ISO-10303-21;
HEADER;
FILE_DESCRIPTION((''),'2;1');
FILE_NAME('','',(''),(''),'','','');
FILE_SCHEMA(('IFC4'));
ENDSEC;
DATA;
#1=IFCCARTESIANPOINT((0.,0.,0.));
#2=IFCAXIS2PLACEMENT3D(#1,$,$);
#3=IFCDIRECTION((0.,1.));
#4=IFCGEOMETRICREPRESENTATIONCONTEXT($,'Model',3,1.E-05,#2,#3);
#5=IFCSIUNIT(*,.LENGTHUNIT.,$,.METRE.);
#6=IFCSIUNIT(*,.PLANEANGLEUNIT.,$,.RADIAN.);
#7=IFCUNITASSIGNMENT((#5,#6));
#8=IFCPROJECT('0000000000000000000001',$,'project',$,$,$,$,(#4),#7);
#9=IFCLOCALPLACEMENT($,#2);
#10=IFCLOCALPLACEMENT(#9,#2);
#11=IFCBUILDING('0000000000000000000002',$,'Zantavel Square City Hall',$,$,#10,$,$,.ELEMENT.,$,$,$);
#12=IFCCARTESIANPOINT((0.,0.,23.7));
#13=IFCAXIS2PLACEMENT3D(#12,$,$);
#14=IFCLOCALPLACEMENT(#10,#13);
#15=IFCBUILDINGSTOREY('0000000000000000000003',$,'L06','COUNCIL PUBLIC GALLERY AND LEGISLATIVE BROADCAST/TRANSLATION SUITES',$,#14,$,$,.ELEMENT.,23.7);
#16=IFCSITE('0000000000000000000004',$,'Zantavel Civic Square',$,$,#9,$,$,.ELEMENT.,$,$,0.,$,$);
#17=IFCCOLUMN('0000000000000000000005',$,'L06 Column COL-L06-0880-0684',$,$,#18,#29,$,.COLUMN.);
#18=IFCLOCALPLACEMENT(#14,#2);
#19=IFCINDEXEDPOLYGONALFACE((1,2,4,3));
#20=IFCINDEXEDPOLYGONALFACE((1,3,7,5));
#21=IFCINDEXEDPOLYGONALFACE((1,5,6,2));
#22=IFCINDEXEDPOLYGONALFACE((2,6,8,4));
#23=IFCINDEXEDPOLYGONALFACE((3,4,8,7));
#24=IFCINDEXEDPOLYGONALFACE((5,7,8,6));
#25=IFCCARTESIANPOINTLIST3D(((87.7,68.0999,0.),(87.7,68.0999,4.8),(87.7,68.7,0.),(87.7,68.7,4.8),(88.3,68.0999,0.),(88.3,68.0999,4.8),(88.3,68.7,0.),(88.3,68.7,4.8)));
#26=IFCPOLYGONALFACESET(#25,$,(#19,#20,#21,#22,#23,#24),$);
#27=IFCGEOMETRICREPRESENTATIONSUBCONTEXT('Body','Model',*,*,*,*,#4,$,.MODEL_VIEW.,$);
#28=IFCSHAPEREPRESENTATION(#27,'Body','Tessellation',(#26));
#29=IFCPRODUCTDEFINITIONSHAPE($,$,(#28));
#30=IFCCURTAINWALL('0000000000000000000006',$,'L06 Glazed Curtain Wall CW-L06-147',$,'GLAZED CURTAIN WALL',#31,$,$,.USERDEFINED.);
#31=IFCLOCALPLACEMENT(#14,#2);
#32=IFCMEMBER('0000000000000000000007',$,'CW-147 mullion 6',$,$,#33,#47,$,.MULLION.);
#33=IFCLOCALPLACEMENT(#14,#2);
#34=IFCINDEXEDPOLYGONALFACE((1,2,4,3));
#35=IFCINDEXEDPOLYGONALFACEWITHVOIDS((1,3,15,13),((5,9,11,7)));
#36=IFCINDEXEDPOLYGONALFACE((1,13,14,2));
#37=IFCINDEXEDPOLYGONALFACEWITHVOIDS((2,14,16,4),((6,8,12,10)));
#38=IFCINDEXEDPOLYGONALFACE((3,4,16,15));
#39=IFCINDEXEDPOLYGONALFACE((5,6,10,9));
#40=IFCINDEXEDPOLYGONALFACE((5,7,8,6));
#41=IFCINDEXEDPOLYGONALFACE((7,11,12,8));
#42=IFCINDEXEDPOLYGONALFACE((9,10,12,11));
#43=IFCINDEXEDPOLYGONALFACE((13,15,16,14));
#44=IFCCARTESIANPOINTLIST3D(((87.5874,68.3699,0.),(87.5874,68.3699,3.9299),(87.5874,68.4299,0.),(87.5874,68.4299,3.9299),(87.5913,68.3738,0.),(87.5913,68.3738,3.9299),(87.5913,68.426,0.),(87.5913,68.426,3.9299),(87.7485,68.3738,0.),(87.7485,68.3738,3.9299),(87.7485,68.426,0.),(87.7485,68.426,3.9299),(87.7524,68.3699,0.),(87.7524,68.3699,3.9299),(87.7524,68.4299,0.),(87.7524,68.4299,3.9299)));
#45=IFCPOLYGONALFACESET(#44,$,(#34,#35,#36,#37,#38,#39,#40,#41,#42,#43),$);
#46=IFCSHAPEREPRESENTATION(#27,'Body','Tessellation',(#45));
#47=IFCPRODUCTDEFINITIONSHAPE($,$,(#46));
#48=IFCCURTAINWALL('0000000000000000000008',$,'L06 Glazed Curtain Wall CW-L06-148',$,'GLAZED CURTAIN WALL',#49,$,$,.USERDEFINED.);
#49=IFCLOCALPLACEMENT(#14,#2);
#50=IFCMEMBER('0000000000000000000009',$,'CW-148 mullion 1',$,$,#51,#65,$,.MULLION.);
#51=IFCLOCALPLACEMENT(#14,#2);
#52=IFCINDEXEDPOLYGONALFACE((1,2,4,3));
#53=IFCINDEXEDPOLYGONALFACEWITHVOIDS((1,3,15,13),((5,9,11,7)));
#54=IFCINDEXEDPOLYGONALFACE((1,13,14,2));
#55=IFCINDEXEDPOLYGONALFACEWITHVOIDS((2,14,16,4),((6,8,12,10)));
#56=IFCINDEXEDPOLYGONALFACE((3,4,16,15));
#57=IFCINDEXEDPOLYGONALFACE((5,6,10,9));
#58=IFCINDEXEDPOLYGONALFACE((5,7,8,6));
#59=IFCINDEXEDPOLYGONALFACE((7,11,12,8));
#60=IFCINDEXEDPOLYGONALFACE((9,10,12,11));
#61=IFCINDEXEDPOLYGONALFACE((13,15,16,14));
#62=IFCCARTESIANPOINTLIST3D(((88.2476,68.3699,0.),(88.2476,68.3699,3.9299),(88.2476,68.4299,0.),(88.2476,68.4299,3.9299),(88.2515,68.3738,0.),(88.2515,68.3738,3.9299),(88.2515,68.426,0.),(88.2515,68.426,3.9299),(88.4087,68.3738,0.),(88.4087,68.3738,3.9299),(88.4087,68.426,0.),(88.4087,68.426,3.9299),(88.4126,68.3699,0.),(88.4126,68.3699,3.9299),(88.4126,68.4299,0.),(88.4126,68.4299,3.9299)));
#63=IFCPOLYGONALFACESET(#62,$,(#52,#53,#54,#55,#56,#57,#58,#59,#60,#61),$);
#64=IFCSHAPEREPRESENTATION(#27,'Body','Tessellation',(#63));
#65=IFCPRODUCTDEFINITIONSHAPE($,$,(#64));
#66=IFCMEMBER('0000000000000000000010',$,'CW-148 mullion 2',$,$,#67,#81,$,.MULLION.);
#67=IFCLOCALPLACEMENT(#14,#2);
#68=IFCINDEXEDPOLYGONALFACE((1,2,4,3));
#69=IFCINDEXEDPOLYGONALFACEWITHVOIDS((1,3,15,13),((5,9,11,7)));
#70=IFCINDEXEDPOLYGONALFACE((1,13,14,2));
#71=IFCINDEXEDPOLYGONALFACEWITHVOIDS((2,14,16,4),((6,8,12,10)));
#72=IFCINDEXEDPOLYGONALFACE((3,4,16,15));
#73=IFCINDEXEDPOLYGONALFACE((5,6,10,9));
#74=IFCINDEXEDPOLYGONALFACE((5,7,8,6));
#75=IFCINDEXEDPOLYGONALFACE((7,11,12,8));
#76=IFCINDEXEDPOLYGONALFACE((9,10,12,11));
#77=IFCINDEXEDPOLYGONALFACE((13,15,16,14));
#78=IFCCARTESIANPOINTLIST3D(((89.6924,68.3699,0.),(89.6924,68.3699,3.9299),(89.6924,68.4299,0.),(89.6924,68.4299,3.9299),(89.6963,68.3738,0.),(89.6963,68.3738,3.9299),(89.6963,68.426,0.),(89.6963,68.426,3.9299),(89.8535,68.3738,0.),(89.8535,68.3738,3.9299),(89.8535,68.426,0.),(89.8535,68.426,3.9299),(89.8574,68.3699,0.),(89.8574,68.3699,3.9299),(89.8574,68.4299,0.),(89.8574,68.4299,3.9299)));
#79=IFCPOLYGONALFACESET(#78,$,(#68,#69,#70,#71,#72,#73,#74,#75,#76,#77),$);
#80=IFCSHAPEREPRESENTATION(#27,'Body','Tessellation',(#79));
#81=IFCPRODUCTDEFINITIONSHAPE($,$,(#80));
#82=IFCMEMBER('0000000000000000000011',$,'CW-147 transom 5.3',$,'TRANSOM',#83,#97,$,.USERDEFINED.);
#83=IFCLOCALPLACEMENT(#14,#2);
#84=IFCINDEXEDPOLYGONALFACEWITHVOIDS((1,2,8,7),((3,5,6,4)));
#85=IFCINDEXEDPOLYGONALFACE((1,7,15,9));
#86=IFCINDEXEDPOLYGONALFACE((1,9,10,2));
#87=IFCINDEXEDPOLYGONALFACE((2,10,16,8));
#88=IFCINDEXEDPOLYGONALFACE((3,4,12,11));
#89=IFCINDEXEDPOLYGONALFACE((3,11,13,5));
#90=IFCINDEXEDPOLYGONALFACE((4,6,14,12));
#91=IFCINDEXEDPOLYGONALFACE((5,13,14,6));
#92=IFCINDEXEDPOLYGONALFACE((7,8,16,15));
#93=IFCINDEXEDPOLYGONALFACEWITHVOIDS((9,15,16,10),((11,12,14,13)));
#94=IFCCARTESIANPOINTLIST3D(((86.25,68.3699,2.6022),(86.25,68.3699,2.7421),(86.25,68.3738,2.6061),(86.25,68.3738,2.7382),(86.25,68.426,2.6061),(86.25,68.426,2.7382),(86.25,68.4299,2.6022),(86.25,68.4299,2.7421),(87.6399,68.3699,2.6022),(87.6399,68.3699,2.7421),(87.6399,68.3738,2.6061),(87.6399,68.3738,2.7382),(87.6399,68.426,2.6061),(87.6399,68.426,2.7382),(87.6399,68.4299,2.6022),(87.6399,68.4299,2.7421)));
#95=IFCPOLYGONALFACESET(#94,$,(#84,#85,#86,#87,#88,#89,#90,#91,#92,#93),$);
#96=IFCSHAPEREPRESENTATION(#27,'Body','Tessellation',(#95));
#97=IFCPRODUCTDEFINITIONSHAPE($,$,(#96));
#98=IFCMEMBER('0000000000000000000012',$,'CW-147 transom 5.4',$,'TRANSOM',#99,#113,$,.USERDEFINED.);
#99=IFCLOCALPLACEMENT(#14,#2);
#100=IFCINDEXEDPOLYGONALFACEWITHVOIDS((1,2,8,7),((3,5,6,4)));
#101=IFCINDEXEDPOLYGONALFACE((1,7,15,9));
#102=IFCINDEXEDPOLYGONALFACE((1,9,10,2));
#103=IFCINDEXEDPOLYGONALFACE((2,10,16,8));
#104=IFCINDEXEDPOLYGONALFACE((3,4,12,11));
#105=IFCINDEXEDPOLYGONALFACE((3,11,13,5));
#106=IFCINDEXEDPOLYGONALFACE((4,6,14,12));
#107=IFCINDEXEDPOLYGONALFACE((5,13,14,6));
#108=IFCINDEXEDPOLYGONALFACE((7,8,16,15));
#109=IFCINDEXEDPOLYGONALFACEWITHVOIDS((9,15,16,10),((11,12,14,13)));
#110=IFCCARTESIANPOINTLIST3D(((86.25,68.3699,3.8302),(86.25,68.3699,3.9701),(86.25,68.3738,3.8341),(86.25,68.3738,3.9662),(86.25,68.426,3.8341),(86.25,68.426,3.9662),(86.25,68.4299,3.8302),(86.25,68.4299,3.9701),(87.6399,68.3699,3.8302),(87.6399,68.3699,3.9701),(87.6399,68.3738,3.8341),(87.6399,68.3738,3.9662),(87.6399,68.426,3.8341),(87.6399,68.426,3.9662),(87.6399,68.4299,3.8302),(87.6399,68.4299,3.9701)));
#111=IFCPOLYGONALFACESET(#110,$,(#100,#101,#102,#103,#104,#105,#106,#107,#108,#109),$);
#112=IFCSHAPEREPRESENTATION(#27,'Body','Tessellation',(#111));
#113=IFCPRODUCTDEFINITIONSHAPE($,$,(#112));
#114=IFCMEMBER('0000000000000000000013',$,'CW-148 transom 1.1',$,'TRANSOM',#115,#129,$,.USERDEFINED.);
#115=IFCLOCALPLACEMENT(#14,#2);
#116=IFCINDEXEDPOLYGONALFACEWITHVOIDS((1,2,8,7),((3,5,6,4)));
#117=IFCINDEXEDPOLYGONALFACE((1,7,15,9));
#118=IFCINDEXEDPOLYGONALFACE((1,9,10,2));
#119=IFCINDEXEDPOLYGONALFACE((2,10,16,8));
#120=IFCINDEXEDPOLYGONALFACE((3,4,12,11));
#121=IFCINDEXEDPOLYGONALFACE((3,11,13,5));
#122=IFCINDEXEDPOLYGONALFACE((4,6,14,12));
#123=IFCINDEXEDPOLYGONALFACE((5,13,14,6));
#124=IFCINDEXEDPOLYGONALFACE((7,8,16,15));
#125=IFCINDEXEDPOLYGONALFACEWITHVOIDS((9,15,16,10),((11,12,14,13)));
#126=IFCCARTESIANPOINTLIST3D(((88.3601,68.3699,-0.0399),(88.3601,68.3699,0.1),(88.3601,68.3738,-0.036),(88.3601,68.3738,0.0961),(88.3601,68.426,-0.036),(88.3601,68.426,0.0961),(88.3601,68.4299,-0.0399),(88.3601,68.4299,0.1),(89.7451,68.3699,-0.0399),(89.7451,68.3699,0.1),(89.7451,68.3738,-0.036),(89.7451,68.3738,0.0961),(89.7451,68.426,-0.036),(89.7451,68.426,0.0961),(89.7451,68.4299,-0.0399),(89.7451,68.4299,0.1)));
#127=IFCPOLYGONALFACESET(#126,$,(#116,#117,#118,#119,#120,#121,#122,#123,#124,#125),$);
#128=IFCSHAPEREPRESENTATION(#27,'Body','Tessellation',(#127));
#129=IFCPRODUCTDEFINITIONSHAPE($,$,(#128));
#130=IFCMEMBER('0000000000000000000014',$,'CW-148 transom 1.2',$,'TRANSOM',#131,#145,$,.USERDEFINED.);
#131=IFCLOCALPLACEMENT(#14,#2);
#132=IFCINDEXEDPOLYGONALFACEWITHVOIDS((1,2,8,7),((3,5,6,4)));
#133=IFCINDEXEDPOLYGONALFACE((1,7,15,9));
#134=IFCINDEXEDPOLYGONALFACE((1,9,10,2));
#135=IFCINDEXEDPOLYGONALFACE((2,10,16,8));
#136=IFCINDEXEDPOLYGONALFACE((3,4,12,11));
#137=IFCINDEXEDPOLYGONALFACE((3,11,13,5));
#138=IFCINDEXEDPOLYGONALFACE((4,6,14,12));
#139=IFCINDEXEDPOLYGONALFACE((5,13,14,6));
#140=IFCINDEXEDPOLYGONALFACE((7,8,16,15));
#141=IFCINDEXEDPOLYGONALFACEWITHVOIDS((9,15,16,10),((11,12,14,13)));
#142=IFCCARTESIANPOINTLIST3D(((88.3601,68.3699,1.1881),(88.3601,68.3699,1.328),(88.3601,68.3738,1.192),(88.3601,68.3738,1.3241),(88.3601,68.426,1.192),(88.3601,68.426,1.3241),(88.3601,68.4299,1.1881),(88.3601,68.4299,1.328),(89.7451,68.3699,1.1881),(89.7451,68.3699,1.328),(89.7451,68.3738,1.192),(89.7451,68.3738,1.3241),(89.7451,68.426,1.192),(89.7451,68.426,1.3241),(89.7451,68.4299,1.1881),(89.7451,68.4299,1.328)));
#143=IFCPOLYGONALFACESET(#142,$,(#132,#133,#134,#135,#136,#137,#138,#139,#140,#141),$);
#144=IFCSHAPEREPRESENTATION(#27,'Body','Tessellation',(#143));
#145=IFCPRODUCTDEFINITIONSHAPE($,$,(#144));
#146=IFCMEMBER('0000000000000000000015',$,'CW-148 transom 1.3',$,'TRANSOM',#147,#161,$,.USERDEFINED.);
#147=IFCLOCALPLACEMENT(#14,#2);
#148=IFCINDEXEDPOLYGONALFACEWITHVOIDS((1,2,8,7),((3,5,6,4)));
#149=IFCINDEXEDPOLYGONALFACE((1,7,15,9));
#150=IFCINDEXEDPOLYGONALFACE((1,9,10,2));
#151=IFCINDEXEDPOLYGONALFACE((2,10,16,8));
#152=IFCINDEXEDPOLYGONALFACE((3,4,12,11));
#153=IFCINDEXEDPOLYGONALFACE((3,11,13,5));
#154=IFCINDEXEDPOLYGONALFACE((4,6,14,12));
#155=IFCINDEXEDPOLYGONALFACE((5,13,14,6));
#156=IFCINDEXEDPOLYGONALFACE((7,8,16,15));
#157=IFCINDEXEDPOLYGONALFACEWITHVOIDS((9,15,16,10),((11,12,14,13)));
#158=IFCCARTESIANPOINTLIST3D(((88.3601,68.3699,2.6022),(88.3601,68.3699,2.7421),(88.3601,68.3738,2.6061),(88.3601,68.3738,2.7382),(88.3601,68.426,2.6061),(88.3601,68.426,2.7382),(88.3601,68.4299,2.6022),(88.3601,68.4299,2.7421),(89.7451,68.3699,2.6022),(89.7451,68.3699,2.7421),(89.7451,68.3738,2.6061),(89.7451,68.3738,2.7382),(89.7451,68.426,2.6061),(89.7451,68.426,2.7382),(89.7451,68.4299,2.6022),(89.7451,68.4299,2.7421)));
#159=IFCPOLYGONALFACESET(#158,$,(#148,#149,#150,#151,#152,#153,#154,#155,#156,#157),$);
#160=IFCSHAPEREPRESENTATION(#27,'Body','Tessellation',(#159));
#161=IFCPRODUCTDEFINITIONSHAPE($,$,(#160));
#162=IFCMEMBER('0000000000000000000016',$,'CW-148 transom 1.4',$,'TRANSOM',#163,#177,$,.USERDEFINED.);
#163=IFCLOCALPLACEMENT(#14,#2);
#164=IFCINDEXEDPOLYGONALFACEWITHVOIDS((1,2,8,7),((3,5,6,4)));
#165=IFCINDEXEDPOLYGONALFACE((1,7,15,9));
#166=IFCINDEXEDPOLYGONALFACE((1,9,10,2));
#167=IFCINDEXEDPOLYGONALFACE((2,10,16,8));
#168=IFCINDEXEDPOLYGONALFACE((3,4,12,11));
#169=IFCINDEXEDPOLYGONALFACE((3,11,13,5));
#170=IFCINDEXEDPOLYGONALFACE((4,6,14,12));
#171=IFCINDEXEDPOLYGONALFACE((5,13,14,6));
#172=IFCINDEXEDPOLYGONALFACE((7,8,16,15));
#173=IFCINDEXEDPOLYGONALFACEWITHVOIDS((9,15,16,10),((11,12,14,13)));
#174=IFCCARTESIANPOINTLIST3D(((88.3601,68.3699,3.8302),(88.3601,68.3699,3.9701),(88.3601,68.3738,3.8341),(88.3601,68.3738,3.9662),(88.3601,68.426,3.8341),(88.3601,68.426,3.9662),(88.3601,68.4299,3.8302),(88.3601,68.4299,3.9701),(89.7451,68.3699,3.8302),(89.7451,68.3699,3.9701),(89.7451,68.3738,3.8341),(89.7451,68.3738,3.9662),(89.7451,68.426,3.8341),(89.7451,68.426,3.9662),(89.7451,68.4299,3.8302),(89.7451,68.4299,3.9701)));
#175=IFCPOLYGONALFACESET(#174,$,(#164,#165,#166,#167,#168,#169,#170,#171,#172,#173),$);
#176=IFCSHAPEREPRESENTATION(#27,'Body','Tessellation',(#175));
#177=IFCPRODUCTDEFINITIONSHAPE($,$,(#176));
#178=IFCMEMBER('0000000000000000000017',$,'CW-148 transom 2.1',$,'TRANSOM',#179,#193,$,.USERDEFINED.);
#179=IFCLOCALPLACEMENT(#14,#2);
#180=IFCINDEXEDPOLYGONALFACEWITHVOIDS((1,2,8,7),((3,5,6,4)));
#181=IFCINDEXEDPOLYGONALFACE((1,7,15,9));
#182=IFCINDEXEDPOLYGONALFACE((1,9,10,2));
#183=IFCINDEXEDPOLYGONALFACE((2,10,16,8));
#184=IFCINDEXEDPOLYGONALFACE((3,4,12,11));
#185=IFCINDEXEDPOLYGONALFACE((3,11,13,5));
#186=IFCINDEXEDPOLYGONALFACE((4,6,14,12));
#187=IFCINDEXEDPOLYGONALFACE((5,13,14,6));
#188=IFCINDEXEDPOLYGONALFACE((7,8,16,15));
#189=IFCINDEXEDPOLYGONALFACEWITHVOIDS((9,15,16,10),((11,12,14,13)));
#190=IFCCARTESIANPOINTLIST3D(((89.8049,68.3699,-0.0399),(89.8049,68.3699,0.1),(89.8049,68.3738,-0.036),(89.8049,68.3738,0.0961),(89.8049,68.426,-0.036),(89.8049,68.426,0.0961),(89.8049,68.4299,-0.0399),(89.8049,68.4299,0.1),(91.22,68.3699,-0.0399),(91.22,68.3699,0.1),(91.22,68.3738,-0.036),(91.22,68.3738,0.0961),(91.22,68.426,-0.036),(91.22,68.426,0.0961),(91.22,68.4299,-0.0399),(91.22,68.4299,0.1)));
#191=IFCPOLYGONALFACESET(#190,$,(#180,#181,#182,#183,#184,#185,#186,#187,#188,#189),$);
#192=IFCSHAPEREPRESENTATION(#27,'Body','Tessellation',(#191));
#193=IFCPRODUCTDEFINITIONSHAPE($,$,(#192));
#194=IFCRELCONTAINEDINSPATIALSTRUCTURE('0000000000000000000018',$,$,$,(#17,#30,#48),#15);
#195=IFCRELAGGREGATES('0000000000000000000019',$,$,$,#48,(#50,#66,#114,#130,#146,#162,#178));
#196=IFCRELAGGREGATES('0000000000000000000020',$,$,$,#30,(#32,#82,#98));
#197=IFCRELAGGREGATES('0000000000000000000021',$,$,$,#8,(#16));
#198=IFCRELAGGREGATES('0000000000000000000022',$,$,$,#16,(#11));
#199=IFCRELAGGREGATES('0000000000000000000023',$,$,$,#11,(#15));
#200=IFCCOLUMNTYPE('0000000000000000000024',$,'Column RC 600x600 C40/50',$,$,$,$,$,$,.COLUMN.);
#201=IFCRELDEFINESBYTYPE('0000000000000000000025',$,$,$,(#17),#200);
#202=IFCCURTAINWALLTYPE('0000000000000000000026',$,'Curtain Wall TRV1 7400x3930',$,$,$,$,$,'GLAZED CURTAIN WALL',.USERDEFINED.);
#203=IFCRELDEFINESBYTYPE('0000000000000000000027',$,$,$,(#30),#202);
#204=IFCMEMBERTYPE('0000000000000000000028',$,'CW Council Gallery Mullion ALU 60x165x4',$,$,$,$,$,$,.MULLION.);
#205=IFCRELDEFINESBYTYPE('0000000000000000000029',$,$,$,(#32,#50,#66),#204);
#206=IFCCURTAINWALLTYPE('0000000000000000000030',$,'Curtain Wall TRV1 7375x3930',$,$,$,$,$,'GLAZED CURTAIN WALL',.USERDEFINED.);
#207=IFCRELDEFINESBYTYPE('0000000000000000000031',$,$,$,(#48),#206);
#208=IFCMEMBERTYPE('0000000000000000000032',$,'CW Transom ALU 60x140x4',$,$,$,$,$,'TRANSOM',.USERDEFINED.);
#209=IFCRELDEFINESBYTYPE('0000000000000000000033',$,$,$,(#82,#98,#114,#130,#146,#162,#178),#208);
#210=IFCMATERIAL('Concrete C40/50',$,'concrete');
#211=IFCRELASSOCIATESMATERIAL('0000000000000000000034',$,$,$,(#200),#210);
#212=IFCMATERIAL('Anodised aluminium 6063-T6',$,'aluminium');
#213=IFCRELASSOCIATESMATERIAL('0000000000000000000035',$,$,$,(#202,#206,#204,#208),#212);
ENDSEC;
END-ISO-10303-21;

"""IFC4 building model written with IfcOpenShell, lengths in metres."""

from ifc_helpers import new_model, si_unit, direction, frame, origin, origin_2d, place, context, subcontext, project, spatial, rectangle, hollow_rectangle, extrude, material, material_profile, profile_set, type_object, element, aggregate, save


model = new_model("IFC4")

# Units and contexts
model_context = context("Model", 3, precision=1e-05, world=origin(), true_north=direction((0.0, 1.0)))
body_context = subcontext(model_context, "Body", "Model", "MODEL_VIEW")
ifc_project = project(units=[si_unit("LENGTHUNIT", "METRE"), si_unit("PLANEANGLEUNIT", "RADIAN")], contexts=[model_context])

# Site, building, storey
site_placement = place(None, origin())
site = spatial("IfcSite", under=ifc_project, at=site_placement, Name="Zantavel Civic Square", CompositionType="ELEMENT", RefElevation=0.0)
building_placement = place(site_placement, origin())
building = spatial("IfcBuilding", under=site, at=building_placement, Name="Zantavel Square City Hall", CompositionType="ELEMENT")
storey_placement = place(building_placement, frame((0.0, 0.0, 23.7)))
storey = spatial("IfcBuildingStorey", under=building, at=storey_placement, Name="L06", Description="COUNCIL PUBLIC GALLERY AND LEGISLATIVE BROADCAST/TRANSLATION SUITES", CompositionType="ELEMENT", Elevation=23.7)

# Column
ifc_material_1 = material(Name="Concrete C40/50", Category="concrete")
ifc_material_profile_1 = material_profile(ifc_material_1, rectangle(XDim=0.6001, YDim=0.6001, at=origin_2d()), Name="RC 600x600")
ifc_profile_set_1 = profile_set([ifc_material_profile_1], Name="Concrete C40/50")
column_type = type_object("IfcColumnType", Name="Column RC 600x600 C40/50", PredefinedType="COLUMN", material=ifc_profile_set_1)
column_placement = place(storey_placement, frame((88.0, 68.3999, 0.0), z_axis=(0.0, 0.0, 1.0), x_axis=(1.0, 0.0, 0.0)))
element("IfcColumn", 1, at=column_placement, inside=storey, type_object=column_type, Name="L06 Column COL-L06-0880-0684", PredefinedType="COLUMN", context=body_context, shape_type="SweptSolid", body=[
    extrude(rectangle(XDim=0.6001, YDim=0.6001, at=origin_2d()), origin(), (0.0, 0.0, 1.0), 4.8),
])

# Curtain wall, member
ifc_material_2 = material(Name="Anodised aluminium 6063-T6", Category="aluminium")
curtain_wall_type_1 = type_object("IfcCurtainWallType", Name="Curtain Wall TRV1 7400x3930", ElementType="GLAZED CURTAIN WALL", PredefinedType="USERDEFINED", material=ifc_material_2)
curtain_wall_1_placement = place(storey_placement, origin())
curtain_wall_1 = element("IfcCurtainWall", 2, at=curtain_wall_1_placement, inside=storey, type_object=curtain_wall_type_1, Name="L06 Glazed Curtain Wall CW-L06-147", ObjectType="GLAZED CURTAIN WALL", PredefinedType="USERDEFINED")
ifc_material_profile_2 = material_profile(ifc_material_2, hollow_rectangle(XDim=0.0601, YDim=0.165, WallThickness=0.0039, at=origin_2d()), Name="ALU 60x165x4")
ifc_profile_set_2 = profile_set([ifc_material_profile_2], Name="Anodised aluminium 6063-T6")
member_type_1 = type_object("IfcMemberType", Name="CW Council Gallery Mullion ALU 60x165x4", PredefinedType="MULLION", material=ifc_profile_set_2)
member_1_placement = place(storey_placement, frame((87.6699, 68.3999, 0.0), z_axis=(0.0, 0.0, 1.0), x_axis=(0.0, 1.0, 0.0)))
member_1 = element("IfcMember", 3, at=member_1_placement, type_object=member_type_1, Name="CW-147 mullion 6", PredefinedType="MULLION", context=body_context, shape_type="SweptSolid", body=[
    extrude(hollow_rectangle(XDim=0.0601, YDim=0.165, WallThickness=0.0039, at=origin_2d()), origin(), (0.0, 0.0, 1.0), 3.9299),
])

# Curtain wall, members
curtain_wall_type_2 = type_object("IfcCurtainWallType", Name="Curtain Wall TRV1 7375x3930", ElementType="GLAZED CURTAIN WALL", PredefinedType="USERDEFINED", material=ifc_material_2)
curtain_wall_2_placement = place(storey_placement, origin())
curtain_wall_2 = element("IfcCurtainWall", 4, at=curtain_wall_2_placement, inside=storey, type_object=curtain_wall_type_2, Name="L06 Glazed Curtain Wall CW-L06-148", ObjectType="GLAZED CURTAIN WALL", PredefinedType="USERDEFINED")
member_2_placement = place(storey_placement, frame((88.3301, 68.3999, 0.0), z_axis=(0.0, 0.0, 1.0), x_axis=(0.0, 1.0, 0.0)))
member_2 = element("IfcMember", 5, at=member_2_placement, type_object=member_type_1, Name="CW-148 mullion 1", PredefinedType="MULLION", context=body_context, shape_type="SweptSolid", body=[
    extrude(hollow_rectangle(XDim=0.0601, YDim=0.165, WallThickness=0.0039, at=origin_2d()), origin(), (0.0, 0.0, 1.0), 3.9299),
])
member_3_placement = place(storey_placement, frame((89.7749, 68.3999, 0.0), z_axis=(0.0, 0.0, 1.0), x_axis=(0.0, 1.0, 0.0)))
member_3 = element("IfcMember", 6, at=member_3_placement, type_object=member_type_1, Name="CW-148 mullion 2", PredefinedType="MULLION", context=body_context, shape_type="SweptSolid", body=[
    extrude(hollow_rectangle(XDim=0.0601, YDim=0.165, WallThickness=0.0039, at=origin_2d()), origin(), (0.0, 0.0, 1.0), 3.9299),
])

# Members
ifc_material_profile_3 = material_profile(ifc_material_2, hollow_rectangle(XDim=0.0601, YDim=0.1399, WallThickness=0.0039, at=origin_2d()), Name="ALU 60x140x4")
ifc_profile_set_3 = profile_set([ifc_material_profile_3], Name="Anodised aluminium 6063-T6")
member_type_2 = type_object("IfcMemberType", Name="CW Transom ALU 60x140x4", ElementType="TRANSOM", PredefinedType="USERDEFINED", material=ifc_profile_set_3)
member_4_placement = place(storey_placement, frame((86.25, 68.3999, 2.6721), z_axis=(1.0, 0.0, 0.0), x_axis=(0.0, 1.0, 0.0)))
member_4 = element("IfcMember", 7, at=member_4_placement, type_object=member_type_2, Name="CW-147 transom 5.3", ObjectType="TRANSOM", PredefinedType="USERDEFINED", context=body_context, shape_type="SweptSolid", body=[
    extrude(hollow_rectangle(XDim=0.0601, YDim=0.1399, WallThickness=0.0039, at=origin_2d()), origin(), (0.0, 0.0, 1.0), 1.3899),
])
member_5_placement = place(storey_placement, frame((86.25, 68.3999, 3.9001), z_axis=(1.0, 0.0, 0.0), x_axis=(0.0, 1.0, 0.0)))
member_5 = element("IfcMember", 8, at=member_5_placement, type_object=member_type_2, Name="CW-147 transom 5.4", ObjectType="TRANSOM", PredefinedType="USERDEFINED", context=body_context, shape_type="SweptSolid", body=[
    extrude(hollow_rectangle(XDim=0.0601, YDim=0.1399, WallThickness=0.0039, at=origin_2d()), origin(), (0.0, 0.0, 1.0), 1.3899),
])
member_6_placement = place(storey_placement, frame((88.3601, 68.3999, 0.03), z_axis=(1.0, 0.0, 0.0), x_axis=(0.0, 1.0, 0.0)))
member_6 = element("IfcMember", 9, at=member_6_placement, type_object=member_type_2, Name="CW-148 transom 1.1", ObjectType="TRANSOM", PredefinedType="USERDEFINED", context=body_context, shape_type="SweptSolid", body=[
    extrude(hollow_rectangle(XDim=0.0601, YDim=0.1399, WallThickness=0.0039, at=origin_2d()), origin(), (0.0, 0.0, 1.0), 1.385),
])
member_7_placement = place(storey_placement, frame((88.3601, 68.3999, 1.2581), z_axis=(1.0, 0.0, 0.0), x_axis=(0.0, 1.0, 0.0)))
member_7 = element("IfcMember", 10, at=member_7_placement, type_object=member_type_2, Name="CW-148 transom 1.2", ObjectType="TRANSOM", PredefinedType="USERDEFINED", context=body_context, shape_type="SweptSolid", body=[
    extrude(hollow_rectangle(XDim=0.0601, YDim=0.1399, WallThickness=0.0039, at=origin_2d()), origin(), (0.0, 0.0, 1.0), 1.385),
])
member_8_placement = place(storey_placement, frame((88.3601, 68.3999, 2.6721), z_axis=(1.0, 0.0, 0.0), x_axis=(0.0, 1.0, 0.0)))
member_8 = element("IfcMember", 11, at=member_8_placement, type_object=member_type_2, Name="CW-148 transom 1.3", ObjectType="TRANSOM", PredefinedType="USERDEFINED", context=body_context, shape_type="SweptSolid", body=[
    extrude(hollow_rectangle(XDim=0.0601, YDim=0.1399, WallThickness=0.0039, at=origin_2d()), origin(), (0.0, 0.0, 1.0), 1.385),
])
member_9_placement = place(storey_placement, frame((88.3601, 68.3999, 3.9001), z_axis=(1.0, 0.0, 0.0), x_axis=(0.0, 1.0, 0.0)))
member_9 = element("IfcMember", 12, at=member_9_placement, type_object=member_type_2, Name="CW-148 transom 1.4", ObjectType="TRANSOM", PredefinedType="USERDEFINED", context=body_context, shape_type="SweptSolid", body=[
    extrude(hollow_rectangle(XDim=0.0601, YDim=0.1399, WallThickness=0.0039, at=origin_2d()), origin(), (0.0, 0.0, 1.0), 1.385),
])
member_10_placement = place(storey_placement, frame((89.8049, 68.3999, 0.03), z_axis=(1.0, 0.0, 0.0), x_axis=(0.0, 1.0, 0.0)))
member_10 = element("IfcMember", 13, at=member_10_placement, type_object=member_type_2, Name="CW-148 transom 2.1", ObjectType="TRANSOM", PredefinedType="USERDEFINED", context=body_context, shape_type="SweptSolid", body=[
    extrude(hollow_rectangle(XDim=0.0601, YDim=0.1399, WallThickness=0.0039, at=origin_2d()), origin(), (0.0, 0.0, 1.0), 1.415),
])

aggregate(curtain_wall_2, [member_2, member_3, member_6, member_7, member_8, member_9, member_10])
aggregate(curtain_wall_1, [member_1, member_4, member_5])

save(model, "model.ifc")
